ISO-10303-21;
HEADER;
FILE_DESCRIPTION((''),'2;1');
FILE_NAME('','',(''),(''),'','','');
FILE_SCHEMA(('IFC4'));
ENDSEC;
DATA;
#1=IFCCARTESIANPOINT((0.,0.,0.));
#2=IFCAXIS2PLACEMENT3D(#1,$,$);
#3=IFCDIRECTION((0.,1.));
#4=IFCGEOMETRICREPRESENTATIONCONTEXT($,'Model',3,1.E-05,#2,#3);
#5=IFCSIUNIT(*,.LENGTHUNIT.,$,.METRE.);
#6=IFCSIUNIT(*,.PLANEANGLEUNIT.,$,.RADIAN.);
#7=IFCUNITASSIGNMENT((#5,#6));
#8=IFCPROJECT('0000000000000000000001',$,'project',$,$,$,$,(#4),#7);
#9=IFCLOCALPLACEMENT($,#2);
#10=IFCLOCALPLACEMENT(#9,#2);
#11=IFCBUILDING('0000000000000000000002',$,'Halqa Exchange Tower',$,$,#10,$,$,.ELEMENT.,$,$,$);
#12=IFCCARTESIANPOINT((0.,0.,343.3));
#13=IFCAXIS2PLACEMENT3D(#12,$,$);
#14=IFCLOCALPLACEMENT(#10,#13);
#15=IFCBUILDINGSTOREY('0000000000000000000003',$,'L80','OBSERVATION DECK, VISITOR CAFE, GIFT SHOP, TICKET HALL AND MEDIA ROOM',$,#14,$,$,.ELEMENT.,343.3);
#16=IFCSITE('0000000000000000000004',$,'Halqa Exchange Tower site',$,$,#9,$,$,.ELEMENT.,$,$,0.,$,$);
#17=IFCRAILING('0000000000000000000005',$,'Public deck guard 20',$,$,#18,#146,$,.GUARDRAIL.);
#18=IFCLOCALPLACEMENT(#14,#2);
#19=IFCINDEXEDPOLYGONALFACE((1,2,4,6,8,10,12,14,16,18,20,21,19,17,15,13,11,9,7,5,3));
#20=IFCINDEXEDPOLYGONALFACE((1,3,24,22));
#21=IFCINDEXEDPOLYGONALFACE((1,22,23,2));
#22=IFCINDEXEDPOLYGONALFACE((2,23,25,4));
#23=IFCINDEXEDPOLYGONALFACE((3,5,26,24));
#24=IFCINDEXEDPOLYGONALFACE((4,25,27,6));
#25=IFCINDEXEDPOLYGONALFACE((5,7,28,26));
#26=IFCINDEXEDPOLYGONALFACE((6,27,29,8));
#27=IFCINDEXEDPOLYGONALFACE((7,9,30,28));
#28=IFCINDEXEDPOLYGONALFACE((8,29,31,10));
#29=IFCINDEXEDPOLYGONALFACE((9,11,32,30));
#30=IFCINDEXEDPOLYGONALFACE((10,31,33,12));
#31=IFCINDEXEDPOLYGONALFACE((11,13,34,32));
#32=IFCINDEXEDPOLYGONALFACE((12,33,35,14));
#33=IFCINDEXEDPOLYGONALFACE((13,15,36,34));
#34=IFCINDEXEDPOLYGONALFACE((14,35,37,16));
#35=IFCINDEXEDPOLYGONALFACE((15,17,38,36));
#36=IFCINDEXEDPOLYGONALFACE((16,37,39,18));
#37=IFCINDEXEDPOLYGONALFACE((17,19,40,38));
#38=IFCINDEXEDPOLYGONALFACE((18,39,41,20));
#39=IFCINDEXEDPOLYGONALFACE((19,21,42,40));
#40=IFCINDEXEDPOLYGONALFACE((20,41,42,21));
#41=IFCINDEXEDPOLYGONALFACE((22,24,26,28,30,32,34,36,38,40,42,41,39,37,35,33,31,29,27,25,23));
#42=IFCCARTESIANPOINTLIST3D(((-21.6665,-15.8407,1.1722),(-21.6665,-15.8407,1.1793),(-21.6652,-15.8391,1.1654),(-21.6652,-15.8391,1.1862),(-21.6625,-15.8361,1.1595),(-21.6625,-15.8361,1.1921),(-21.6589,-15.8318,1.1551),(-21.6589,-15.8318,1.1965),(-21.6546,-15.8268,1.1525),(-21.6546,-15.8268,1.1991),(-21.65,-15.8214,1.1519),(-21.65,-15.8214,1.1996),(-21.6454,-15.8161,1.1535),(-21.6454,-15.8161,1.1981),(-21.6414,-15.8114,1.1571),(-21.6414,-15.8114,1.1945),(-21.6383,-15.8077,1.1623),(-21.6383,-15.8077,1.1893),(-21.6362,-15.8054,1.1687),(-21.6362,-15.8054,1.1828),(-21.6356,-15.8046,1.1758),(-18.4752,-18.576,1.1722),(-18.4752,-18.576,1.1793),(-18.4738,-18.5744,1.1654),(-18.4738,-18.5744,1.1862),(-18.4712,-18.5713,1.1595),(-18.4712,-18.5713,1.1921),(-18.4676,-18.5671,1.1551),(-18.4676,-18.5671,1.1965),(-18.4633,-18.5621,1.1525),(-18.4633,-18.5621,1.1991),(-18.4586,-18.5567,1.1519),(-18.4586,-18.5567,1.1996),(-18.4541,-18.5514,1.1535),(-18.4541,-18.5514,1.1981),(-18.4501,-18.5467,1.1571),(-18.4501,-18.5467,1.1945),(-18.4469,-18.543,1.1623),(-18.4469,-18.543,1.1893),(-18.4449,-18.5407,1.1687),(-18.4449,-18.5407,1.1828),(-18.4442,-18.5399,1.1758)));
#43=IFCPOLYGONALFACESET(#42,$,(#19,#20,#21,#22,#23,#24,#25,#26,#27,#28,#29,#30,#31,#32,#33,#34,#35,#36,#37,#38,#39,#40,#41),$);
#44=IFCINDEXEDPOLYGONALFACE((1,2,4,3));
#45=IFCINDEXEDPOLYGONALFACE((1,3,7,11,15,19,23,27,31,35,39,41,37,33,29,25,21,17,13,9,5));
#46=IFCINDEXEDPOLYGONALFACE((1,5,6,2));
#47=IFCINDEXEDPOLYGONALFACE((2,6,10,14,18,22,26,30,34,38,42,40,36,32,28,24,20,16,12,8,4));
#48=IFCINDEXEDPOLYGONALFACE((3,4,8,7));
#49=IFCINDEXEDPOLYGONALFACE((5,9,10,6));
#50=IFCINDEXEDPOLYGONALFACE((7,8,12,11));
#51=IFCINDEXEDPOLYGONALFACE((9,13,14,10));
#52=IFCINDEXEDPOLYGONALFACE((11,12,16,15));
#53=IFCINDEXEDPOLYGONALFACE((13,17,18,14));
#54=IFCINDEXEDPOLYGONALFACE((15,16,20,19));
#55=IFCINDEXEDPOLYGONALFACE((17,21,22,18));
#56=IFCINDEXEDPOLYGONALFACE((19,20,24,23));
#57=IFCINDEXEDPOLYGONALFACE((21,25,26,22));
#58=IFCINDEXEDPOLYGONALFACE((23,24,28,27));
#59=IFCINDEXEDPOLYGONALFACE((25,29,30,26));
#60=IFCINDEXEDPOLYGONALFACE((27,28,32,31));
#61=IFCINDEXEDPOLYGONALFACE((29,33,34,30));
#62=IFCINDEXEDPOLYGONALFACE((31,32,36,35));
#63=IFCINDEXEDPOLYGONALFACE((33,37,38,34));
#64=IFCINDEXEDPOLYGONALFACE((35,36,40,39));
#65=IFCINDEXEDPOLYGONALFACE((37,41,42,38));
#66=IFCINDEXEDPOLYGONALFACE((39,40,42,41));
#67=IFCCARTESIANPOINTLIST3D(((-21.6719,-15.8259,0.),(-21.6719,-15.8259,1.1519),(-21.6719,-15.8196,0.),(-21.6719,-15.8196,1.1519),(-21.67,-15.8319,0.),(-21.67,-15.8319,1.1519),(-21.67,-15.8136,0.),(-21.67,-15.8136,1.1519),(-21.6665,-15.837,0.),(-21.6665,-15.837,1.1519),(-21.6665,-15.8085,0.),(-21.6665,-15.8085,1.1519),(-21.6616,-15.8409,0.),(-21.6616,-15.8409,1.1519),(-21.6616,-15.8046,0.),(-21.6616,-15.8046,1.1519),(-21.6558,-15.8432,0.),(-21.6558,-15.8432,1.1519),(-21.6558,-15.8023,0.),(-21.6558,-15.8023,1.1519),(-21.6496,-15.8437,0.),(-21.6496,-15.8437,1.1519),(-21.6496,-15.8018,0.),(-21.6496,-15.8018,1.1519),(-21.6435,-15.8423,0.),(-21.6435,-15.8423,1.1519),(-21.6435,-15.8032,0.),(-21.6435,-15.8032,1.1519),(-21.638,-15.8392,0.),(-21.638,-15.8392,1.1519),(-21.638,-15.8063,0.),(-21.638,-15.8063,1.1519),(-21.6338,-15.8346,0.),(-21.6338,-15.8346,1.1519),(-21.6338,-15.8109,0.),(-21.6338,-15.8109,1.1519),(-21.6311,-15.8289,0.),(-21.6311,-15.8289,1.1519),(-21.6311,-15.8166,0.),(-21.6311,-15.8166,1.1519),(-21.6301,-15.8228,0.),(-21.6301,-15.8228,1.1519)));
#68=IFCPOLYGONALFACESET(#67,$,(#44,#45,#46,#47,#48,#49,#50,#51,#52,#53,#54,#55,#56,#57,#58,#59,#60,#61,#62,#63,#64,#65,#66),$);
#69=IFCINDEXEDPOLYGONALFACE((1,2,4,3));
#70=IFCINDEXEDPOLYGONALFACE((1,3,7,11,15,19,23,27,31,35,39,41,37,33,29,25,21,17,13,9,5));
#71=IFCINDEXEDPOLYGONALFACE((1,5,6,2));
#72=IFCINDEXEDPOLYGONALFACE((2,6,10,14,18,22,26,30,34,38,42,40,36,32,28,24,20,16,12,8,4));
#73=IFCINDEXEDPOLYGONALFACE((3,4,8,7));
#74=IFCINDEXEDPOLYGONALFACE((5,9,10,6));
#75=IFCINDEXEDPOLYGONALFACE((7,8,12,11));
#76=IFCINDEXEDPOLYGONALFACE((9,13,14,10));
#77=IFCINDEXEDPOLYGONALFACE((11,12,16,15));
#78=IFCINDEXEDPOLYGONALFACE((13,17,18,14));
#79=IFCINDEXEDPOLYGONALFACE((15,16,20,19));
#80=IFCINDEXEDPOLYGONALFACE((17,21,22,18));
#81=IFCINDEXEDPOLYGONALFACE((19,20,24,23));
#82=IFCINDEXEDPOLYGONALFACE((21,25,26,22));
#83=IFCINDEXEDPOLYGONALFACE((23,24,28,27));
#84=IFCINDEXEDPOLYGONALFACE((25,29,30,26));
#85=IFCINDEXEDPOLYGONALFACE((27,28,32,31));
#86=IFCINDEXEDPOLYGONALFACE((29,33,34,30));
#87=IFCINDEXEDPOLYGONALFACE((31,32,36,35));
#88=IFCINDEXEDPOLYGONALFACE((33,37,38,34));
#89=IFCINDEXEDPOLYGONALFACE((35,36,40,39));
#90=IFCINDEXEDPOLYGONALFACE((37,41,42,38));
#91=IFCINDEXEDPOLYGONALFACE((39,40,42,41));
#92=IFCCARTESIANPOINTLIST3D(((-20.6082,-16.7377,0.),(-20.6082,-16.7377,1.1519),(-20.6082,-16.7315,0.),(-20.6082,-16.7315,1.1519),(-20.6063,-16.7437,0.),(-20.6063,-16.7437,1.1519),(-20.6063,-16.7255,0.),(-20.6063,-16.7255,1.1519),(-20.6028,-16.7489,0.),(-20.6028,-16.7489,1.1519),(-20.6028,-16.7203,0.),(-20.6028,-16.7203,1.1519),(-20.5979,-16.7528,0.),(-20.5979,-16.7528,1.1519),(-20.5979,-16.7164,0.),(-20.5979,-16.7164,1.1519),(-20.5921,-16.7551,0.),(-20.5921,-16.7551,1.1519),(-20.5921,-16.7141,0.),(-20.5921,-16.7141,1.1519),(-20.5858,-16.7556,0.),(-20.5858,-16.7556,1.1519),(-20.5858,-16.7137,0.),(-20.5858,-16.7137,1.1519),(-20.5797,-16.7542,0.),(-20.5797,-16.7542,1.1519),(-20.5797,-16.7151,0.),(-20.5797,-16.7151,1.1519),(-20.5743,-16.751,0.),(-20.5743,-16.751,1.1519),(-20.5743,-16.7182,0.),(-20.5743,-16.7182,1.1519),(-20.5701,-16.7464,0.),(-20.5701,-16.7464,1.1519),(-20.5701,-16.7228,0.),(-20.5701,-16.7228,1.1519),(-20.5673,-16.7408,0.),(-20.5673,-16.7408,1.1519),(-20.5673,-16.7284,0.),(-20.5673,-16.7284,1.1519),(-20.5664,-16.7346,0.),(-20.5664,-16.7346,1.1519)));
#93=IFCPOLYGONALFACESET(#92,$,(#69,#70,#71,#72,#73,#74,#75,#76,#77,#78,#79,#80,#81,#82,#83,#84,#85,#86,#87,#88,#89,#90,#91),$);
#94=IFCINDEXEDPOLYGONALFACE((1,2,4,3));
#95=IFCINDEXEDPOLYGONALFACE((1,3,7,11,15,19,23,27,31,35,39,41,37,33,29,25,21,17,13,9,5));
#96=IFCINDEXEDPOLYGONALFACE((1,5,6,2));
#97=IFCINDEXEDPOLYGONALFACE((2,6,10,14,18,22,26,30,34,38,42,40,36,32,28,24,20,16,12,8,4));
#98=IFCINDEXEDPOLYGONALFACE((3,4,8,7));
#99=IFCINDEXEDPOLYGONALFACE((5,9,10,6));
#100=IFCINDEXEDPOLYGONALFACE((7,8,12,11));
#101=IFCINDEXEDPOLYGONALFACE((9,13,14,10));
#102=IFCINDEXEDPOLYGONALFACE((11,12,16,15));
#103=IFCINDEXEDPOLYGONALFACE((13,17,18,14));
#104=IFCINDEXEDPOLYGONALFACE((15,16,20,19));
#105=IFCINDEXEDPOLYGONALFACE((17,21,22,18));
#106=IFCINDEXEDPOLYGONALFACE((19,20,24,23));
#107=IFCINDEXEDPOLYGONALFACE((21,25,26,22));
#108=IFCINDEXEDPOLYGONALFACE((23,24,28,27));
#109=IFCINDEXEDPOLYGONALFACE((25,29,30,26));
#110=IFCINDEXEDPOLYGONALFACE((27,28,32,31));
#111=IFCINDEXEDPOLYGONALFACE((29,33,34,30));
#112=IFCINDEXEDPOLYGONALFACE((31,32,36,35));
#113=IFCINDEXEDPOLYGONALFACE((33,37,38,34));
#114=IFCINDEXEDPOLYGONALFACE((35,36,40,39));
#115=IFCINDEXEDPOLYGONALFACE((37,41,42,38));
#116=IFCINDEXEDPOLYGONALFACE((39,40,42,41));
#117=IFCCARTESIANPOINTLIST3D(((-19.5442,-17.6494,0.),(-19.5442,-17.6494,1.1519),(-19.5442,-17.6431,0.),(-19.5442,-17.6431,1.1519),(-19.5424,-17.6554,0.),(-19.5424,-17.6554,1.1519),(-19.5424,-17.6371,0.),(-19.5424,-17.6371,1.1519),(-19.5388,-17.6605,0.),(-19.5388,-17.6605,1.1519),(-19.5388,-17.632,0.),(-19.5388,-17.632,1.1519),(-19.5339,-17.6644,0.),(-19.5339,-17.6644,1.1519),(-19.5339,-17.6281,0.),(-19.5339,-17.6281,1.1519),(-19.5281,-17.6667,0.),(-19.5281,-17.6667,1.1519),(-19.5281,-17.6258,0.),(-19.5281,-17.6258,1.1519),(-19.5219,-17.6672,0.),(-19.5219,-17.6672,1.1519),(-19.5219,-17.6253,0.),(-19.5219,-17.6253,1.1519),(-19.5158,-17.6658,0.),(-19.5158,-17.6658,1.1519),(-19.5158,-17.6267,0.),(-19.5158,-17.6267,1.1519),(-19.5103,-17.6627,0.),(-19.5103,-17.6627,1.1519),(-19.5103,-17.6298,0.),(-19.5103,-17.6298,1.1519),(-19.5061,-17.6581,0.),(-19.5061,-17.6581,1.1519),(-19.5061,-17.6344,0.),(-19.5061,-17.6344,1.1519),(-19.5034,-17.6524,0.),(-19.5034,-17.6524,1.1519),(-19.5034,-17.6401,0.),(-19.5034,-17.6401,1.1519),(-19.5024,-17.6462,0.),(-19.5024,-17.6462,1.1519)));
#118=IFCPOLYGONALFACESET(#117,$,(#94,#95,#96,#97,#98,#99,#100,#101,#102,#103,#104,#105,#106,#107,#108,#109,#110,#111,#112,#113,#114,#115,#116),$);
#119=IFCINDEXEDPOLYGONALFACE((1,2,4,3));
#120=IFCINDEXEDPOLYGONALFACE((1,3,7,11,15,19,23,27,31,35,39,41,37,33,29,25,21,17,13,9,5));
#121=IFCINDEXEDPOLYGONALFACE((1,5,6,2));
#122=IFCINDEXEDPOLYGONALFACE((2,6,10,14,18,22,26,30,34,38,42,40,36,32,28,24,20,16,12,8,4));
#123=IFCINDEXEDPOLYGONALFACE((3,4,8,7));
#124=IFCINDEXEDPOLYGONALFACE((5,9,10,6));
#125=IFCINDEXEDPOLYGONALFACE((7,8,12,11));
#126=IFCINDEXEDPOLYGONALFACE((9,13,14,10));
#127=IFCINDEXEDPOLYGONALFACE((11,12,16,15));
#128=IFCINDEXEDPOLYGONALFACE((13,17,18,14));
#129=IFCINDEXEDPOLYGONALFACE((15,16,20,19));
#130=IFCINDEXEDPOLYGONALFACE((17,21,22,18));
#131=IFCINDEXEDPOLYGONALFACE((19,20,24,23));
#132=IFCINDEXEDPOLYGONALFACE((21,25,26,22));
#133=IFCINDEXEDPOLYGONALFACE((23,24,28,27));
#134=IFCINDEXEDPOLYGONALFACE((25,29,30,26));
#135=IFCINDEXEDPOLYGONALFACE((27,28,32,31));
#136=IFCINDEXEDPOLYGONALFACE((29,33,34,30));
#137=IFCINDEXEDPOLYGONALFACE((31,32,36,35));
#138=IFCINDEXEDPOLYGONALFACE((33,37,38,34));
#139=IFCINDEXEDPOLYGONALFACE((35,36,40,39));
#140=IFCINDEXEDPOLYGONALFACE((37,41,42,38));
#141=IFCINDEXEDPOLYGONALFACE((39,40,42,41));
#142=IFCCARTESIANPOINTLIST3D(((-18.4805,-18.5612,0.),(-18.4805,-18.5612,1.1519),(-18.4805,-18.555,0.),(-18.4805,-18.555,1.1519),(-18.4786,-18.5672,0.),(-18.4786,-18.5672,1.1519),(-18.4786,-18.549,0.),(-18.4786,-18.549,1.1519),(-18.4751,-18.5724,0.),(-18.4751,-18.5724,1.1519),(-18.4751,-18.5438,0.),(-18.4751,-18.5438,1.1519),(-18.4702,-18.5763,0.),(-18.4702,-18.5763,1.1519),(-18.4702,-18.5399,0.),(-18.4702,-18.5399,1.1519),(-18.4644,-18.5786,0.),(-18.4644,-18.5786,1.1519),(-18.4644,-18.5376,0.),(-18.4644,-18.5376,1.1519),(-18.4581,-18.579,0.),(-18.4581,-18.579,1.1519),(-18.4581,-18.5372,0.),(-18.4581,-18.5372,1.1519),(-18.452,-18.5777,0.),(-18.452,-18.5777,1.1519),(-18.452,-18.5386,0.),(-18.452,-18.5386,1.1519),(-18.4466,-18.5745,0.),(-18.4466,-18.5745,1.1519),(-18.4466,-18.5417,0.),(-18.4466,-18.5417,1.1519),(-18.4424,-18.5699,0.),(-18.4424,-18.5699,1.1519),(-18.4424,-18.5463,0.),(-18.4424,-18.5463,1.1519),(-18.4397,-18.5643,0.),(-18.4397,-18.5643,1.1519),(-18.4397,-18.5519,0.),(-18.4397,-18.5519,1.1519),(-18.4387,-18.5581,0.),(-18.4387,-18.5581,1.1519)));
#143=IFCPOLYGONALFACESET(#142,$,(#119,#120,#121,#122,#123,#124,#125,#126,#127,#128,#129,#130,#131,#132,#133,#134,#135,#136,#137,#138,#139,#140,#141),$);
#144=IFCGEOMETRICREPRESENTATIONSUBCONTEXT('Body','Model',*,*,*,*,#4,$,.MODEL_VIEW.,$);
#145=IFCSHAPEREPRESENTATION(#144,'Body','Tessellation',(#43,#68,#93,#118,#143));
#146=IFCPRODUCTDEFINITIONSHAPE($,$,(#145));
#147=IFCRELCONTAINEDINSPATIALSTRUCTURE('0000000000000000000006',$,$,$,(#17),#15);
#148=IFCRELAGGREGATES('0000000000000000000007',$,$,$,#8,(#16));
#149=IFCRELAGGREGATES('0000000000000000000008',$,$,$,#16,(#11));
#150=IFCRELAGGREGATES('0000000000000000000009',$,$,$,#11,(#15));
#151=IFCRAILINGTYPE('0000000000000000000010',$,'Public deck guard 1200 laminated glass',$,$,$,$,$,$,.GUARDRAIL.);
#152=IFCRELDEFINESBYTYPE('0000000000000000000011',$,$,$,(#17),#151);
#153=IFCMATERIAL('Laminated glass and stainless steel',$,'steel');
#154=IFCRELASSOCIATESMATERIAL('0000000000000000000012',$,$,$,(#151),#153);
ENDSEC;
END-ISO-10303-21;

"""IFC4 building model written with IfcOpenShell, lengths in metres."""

from ifc_helpers import new_model, si_unit, direction, frame, origin, origin_2d, place, context, subcontext, project, spatial, circle, extrude, material, type_object, element, save


model = new_model("IFC4")

# Units and contexts
model_context = context("Model", 3, precision=1e-05, world=origin(), true_north=direction((0.0, 1.0)))
body_context = subcontext(model_context, "Body", "Model", "MODEL_VIEW")
ifc_project = project(units=[si_unit("LENGTHUNIT", "METRE"), si_unit("PLANEANGLEUNIT", "RADIAN")], contexts=[model_context])

# Site, building, storey
site_placement = place(None, origin())
site = spatial("IfcSite", under=ifc_project, at=site_placement, Name="Halqa Exchange Tower site", CompositionType="ELEMENT", RefElevation=0.0)
building_placement = place(site_placement, origin())
building = spatial("IfcBuilding", under=site, at=building_placement, Name="Halqa Exchange Tower", CompositionType="ELEMENT")
storey_placement = place(building_placement, frame((0.0, 0.0, 343.3)))
storey = spatial("IfcBuildingStorey", under=building, at=storey_placement, Name="L80", Description="OBSERVATION DECK, VISITOR CAFE, GIFT SHOP, TICKET HALL AND MEDIA ROOM", CompositionType="ELEMENT", Elevation=343.3)

# Railing
ifc_material_1 = material(Name="Laminated glass and stainless steel", Category="steel")
railing_type = type_object("IfcRailingType", Name="Public deck guard 1200 laminated glass", PredefinedType="GUARDRAIL", material=ifc_material_1)
railing_1_placement = place(storey_placement, frame((-21.6511, -15.8228, 0.0)))
element("IfcRailing", 1, at=railing_1_placement, inside=storey, type_object=railing_type, Name="Public deck guard 20", PredefinedType="GUARDRAIL", context=body_context, shape_type="SweptSolid", body=[
    extrude(circle(Radius=0.0239, at=origin_2d()), frame((0.0, 0.0, 1.1758), z_axis=(0.759273, -0.650772, 0.0), x_axis=(0.650772, 0.759273, 0.0)), (0.0, 0.0, 1.0), 4.2031),
    extrude(circle(Radius=0.021, at=origin_2d()), origin(), (0.0, 0.0, 1.0), 1.1519),
    extrude(circle(Radius=0.021, at=origin_2d()), frame((1.0637, -0.9119, 0.0)), (0.0, 0.0, 1.0), 1.1519),
    extrude(circle(Radius=0.021, at=origin_2d()), frame((2.1277, -1.8235, 0.0)), (0.0, 0.0, 1.0), 1.1519),
    extrude(circle(Radius=0.021, at=origin_2d()), frame((3.1914, -2.7354, 0.0)), (0.0, 0.0, 1.0), 1.1519),
])

save(model, "model.ifc")
